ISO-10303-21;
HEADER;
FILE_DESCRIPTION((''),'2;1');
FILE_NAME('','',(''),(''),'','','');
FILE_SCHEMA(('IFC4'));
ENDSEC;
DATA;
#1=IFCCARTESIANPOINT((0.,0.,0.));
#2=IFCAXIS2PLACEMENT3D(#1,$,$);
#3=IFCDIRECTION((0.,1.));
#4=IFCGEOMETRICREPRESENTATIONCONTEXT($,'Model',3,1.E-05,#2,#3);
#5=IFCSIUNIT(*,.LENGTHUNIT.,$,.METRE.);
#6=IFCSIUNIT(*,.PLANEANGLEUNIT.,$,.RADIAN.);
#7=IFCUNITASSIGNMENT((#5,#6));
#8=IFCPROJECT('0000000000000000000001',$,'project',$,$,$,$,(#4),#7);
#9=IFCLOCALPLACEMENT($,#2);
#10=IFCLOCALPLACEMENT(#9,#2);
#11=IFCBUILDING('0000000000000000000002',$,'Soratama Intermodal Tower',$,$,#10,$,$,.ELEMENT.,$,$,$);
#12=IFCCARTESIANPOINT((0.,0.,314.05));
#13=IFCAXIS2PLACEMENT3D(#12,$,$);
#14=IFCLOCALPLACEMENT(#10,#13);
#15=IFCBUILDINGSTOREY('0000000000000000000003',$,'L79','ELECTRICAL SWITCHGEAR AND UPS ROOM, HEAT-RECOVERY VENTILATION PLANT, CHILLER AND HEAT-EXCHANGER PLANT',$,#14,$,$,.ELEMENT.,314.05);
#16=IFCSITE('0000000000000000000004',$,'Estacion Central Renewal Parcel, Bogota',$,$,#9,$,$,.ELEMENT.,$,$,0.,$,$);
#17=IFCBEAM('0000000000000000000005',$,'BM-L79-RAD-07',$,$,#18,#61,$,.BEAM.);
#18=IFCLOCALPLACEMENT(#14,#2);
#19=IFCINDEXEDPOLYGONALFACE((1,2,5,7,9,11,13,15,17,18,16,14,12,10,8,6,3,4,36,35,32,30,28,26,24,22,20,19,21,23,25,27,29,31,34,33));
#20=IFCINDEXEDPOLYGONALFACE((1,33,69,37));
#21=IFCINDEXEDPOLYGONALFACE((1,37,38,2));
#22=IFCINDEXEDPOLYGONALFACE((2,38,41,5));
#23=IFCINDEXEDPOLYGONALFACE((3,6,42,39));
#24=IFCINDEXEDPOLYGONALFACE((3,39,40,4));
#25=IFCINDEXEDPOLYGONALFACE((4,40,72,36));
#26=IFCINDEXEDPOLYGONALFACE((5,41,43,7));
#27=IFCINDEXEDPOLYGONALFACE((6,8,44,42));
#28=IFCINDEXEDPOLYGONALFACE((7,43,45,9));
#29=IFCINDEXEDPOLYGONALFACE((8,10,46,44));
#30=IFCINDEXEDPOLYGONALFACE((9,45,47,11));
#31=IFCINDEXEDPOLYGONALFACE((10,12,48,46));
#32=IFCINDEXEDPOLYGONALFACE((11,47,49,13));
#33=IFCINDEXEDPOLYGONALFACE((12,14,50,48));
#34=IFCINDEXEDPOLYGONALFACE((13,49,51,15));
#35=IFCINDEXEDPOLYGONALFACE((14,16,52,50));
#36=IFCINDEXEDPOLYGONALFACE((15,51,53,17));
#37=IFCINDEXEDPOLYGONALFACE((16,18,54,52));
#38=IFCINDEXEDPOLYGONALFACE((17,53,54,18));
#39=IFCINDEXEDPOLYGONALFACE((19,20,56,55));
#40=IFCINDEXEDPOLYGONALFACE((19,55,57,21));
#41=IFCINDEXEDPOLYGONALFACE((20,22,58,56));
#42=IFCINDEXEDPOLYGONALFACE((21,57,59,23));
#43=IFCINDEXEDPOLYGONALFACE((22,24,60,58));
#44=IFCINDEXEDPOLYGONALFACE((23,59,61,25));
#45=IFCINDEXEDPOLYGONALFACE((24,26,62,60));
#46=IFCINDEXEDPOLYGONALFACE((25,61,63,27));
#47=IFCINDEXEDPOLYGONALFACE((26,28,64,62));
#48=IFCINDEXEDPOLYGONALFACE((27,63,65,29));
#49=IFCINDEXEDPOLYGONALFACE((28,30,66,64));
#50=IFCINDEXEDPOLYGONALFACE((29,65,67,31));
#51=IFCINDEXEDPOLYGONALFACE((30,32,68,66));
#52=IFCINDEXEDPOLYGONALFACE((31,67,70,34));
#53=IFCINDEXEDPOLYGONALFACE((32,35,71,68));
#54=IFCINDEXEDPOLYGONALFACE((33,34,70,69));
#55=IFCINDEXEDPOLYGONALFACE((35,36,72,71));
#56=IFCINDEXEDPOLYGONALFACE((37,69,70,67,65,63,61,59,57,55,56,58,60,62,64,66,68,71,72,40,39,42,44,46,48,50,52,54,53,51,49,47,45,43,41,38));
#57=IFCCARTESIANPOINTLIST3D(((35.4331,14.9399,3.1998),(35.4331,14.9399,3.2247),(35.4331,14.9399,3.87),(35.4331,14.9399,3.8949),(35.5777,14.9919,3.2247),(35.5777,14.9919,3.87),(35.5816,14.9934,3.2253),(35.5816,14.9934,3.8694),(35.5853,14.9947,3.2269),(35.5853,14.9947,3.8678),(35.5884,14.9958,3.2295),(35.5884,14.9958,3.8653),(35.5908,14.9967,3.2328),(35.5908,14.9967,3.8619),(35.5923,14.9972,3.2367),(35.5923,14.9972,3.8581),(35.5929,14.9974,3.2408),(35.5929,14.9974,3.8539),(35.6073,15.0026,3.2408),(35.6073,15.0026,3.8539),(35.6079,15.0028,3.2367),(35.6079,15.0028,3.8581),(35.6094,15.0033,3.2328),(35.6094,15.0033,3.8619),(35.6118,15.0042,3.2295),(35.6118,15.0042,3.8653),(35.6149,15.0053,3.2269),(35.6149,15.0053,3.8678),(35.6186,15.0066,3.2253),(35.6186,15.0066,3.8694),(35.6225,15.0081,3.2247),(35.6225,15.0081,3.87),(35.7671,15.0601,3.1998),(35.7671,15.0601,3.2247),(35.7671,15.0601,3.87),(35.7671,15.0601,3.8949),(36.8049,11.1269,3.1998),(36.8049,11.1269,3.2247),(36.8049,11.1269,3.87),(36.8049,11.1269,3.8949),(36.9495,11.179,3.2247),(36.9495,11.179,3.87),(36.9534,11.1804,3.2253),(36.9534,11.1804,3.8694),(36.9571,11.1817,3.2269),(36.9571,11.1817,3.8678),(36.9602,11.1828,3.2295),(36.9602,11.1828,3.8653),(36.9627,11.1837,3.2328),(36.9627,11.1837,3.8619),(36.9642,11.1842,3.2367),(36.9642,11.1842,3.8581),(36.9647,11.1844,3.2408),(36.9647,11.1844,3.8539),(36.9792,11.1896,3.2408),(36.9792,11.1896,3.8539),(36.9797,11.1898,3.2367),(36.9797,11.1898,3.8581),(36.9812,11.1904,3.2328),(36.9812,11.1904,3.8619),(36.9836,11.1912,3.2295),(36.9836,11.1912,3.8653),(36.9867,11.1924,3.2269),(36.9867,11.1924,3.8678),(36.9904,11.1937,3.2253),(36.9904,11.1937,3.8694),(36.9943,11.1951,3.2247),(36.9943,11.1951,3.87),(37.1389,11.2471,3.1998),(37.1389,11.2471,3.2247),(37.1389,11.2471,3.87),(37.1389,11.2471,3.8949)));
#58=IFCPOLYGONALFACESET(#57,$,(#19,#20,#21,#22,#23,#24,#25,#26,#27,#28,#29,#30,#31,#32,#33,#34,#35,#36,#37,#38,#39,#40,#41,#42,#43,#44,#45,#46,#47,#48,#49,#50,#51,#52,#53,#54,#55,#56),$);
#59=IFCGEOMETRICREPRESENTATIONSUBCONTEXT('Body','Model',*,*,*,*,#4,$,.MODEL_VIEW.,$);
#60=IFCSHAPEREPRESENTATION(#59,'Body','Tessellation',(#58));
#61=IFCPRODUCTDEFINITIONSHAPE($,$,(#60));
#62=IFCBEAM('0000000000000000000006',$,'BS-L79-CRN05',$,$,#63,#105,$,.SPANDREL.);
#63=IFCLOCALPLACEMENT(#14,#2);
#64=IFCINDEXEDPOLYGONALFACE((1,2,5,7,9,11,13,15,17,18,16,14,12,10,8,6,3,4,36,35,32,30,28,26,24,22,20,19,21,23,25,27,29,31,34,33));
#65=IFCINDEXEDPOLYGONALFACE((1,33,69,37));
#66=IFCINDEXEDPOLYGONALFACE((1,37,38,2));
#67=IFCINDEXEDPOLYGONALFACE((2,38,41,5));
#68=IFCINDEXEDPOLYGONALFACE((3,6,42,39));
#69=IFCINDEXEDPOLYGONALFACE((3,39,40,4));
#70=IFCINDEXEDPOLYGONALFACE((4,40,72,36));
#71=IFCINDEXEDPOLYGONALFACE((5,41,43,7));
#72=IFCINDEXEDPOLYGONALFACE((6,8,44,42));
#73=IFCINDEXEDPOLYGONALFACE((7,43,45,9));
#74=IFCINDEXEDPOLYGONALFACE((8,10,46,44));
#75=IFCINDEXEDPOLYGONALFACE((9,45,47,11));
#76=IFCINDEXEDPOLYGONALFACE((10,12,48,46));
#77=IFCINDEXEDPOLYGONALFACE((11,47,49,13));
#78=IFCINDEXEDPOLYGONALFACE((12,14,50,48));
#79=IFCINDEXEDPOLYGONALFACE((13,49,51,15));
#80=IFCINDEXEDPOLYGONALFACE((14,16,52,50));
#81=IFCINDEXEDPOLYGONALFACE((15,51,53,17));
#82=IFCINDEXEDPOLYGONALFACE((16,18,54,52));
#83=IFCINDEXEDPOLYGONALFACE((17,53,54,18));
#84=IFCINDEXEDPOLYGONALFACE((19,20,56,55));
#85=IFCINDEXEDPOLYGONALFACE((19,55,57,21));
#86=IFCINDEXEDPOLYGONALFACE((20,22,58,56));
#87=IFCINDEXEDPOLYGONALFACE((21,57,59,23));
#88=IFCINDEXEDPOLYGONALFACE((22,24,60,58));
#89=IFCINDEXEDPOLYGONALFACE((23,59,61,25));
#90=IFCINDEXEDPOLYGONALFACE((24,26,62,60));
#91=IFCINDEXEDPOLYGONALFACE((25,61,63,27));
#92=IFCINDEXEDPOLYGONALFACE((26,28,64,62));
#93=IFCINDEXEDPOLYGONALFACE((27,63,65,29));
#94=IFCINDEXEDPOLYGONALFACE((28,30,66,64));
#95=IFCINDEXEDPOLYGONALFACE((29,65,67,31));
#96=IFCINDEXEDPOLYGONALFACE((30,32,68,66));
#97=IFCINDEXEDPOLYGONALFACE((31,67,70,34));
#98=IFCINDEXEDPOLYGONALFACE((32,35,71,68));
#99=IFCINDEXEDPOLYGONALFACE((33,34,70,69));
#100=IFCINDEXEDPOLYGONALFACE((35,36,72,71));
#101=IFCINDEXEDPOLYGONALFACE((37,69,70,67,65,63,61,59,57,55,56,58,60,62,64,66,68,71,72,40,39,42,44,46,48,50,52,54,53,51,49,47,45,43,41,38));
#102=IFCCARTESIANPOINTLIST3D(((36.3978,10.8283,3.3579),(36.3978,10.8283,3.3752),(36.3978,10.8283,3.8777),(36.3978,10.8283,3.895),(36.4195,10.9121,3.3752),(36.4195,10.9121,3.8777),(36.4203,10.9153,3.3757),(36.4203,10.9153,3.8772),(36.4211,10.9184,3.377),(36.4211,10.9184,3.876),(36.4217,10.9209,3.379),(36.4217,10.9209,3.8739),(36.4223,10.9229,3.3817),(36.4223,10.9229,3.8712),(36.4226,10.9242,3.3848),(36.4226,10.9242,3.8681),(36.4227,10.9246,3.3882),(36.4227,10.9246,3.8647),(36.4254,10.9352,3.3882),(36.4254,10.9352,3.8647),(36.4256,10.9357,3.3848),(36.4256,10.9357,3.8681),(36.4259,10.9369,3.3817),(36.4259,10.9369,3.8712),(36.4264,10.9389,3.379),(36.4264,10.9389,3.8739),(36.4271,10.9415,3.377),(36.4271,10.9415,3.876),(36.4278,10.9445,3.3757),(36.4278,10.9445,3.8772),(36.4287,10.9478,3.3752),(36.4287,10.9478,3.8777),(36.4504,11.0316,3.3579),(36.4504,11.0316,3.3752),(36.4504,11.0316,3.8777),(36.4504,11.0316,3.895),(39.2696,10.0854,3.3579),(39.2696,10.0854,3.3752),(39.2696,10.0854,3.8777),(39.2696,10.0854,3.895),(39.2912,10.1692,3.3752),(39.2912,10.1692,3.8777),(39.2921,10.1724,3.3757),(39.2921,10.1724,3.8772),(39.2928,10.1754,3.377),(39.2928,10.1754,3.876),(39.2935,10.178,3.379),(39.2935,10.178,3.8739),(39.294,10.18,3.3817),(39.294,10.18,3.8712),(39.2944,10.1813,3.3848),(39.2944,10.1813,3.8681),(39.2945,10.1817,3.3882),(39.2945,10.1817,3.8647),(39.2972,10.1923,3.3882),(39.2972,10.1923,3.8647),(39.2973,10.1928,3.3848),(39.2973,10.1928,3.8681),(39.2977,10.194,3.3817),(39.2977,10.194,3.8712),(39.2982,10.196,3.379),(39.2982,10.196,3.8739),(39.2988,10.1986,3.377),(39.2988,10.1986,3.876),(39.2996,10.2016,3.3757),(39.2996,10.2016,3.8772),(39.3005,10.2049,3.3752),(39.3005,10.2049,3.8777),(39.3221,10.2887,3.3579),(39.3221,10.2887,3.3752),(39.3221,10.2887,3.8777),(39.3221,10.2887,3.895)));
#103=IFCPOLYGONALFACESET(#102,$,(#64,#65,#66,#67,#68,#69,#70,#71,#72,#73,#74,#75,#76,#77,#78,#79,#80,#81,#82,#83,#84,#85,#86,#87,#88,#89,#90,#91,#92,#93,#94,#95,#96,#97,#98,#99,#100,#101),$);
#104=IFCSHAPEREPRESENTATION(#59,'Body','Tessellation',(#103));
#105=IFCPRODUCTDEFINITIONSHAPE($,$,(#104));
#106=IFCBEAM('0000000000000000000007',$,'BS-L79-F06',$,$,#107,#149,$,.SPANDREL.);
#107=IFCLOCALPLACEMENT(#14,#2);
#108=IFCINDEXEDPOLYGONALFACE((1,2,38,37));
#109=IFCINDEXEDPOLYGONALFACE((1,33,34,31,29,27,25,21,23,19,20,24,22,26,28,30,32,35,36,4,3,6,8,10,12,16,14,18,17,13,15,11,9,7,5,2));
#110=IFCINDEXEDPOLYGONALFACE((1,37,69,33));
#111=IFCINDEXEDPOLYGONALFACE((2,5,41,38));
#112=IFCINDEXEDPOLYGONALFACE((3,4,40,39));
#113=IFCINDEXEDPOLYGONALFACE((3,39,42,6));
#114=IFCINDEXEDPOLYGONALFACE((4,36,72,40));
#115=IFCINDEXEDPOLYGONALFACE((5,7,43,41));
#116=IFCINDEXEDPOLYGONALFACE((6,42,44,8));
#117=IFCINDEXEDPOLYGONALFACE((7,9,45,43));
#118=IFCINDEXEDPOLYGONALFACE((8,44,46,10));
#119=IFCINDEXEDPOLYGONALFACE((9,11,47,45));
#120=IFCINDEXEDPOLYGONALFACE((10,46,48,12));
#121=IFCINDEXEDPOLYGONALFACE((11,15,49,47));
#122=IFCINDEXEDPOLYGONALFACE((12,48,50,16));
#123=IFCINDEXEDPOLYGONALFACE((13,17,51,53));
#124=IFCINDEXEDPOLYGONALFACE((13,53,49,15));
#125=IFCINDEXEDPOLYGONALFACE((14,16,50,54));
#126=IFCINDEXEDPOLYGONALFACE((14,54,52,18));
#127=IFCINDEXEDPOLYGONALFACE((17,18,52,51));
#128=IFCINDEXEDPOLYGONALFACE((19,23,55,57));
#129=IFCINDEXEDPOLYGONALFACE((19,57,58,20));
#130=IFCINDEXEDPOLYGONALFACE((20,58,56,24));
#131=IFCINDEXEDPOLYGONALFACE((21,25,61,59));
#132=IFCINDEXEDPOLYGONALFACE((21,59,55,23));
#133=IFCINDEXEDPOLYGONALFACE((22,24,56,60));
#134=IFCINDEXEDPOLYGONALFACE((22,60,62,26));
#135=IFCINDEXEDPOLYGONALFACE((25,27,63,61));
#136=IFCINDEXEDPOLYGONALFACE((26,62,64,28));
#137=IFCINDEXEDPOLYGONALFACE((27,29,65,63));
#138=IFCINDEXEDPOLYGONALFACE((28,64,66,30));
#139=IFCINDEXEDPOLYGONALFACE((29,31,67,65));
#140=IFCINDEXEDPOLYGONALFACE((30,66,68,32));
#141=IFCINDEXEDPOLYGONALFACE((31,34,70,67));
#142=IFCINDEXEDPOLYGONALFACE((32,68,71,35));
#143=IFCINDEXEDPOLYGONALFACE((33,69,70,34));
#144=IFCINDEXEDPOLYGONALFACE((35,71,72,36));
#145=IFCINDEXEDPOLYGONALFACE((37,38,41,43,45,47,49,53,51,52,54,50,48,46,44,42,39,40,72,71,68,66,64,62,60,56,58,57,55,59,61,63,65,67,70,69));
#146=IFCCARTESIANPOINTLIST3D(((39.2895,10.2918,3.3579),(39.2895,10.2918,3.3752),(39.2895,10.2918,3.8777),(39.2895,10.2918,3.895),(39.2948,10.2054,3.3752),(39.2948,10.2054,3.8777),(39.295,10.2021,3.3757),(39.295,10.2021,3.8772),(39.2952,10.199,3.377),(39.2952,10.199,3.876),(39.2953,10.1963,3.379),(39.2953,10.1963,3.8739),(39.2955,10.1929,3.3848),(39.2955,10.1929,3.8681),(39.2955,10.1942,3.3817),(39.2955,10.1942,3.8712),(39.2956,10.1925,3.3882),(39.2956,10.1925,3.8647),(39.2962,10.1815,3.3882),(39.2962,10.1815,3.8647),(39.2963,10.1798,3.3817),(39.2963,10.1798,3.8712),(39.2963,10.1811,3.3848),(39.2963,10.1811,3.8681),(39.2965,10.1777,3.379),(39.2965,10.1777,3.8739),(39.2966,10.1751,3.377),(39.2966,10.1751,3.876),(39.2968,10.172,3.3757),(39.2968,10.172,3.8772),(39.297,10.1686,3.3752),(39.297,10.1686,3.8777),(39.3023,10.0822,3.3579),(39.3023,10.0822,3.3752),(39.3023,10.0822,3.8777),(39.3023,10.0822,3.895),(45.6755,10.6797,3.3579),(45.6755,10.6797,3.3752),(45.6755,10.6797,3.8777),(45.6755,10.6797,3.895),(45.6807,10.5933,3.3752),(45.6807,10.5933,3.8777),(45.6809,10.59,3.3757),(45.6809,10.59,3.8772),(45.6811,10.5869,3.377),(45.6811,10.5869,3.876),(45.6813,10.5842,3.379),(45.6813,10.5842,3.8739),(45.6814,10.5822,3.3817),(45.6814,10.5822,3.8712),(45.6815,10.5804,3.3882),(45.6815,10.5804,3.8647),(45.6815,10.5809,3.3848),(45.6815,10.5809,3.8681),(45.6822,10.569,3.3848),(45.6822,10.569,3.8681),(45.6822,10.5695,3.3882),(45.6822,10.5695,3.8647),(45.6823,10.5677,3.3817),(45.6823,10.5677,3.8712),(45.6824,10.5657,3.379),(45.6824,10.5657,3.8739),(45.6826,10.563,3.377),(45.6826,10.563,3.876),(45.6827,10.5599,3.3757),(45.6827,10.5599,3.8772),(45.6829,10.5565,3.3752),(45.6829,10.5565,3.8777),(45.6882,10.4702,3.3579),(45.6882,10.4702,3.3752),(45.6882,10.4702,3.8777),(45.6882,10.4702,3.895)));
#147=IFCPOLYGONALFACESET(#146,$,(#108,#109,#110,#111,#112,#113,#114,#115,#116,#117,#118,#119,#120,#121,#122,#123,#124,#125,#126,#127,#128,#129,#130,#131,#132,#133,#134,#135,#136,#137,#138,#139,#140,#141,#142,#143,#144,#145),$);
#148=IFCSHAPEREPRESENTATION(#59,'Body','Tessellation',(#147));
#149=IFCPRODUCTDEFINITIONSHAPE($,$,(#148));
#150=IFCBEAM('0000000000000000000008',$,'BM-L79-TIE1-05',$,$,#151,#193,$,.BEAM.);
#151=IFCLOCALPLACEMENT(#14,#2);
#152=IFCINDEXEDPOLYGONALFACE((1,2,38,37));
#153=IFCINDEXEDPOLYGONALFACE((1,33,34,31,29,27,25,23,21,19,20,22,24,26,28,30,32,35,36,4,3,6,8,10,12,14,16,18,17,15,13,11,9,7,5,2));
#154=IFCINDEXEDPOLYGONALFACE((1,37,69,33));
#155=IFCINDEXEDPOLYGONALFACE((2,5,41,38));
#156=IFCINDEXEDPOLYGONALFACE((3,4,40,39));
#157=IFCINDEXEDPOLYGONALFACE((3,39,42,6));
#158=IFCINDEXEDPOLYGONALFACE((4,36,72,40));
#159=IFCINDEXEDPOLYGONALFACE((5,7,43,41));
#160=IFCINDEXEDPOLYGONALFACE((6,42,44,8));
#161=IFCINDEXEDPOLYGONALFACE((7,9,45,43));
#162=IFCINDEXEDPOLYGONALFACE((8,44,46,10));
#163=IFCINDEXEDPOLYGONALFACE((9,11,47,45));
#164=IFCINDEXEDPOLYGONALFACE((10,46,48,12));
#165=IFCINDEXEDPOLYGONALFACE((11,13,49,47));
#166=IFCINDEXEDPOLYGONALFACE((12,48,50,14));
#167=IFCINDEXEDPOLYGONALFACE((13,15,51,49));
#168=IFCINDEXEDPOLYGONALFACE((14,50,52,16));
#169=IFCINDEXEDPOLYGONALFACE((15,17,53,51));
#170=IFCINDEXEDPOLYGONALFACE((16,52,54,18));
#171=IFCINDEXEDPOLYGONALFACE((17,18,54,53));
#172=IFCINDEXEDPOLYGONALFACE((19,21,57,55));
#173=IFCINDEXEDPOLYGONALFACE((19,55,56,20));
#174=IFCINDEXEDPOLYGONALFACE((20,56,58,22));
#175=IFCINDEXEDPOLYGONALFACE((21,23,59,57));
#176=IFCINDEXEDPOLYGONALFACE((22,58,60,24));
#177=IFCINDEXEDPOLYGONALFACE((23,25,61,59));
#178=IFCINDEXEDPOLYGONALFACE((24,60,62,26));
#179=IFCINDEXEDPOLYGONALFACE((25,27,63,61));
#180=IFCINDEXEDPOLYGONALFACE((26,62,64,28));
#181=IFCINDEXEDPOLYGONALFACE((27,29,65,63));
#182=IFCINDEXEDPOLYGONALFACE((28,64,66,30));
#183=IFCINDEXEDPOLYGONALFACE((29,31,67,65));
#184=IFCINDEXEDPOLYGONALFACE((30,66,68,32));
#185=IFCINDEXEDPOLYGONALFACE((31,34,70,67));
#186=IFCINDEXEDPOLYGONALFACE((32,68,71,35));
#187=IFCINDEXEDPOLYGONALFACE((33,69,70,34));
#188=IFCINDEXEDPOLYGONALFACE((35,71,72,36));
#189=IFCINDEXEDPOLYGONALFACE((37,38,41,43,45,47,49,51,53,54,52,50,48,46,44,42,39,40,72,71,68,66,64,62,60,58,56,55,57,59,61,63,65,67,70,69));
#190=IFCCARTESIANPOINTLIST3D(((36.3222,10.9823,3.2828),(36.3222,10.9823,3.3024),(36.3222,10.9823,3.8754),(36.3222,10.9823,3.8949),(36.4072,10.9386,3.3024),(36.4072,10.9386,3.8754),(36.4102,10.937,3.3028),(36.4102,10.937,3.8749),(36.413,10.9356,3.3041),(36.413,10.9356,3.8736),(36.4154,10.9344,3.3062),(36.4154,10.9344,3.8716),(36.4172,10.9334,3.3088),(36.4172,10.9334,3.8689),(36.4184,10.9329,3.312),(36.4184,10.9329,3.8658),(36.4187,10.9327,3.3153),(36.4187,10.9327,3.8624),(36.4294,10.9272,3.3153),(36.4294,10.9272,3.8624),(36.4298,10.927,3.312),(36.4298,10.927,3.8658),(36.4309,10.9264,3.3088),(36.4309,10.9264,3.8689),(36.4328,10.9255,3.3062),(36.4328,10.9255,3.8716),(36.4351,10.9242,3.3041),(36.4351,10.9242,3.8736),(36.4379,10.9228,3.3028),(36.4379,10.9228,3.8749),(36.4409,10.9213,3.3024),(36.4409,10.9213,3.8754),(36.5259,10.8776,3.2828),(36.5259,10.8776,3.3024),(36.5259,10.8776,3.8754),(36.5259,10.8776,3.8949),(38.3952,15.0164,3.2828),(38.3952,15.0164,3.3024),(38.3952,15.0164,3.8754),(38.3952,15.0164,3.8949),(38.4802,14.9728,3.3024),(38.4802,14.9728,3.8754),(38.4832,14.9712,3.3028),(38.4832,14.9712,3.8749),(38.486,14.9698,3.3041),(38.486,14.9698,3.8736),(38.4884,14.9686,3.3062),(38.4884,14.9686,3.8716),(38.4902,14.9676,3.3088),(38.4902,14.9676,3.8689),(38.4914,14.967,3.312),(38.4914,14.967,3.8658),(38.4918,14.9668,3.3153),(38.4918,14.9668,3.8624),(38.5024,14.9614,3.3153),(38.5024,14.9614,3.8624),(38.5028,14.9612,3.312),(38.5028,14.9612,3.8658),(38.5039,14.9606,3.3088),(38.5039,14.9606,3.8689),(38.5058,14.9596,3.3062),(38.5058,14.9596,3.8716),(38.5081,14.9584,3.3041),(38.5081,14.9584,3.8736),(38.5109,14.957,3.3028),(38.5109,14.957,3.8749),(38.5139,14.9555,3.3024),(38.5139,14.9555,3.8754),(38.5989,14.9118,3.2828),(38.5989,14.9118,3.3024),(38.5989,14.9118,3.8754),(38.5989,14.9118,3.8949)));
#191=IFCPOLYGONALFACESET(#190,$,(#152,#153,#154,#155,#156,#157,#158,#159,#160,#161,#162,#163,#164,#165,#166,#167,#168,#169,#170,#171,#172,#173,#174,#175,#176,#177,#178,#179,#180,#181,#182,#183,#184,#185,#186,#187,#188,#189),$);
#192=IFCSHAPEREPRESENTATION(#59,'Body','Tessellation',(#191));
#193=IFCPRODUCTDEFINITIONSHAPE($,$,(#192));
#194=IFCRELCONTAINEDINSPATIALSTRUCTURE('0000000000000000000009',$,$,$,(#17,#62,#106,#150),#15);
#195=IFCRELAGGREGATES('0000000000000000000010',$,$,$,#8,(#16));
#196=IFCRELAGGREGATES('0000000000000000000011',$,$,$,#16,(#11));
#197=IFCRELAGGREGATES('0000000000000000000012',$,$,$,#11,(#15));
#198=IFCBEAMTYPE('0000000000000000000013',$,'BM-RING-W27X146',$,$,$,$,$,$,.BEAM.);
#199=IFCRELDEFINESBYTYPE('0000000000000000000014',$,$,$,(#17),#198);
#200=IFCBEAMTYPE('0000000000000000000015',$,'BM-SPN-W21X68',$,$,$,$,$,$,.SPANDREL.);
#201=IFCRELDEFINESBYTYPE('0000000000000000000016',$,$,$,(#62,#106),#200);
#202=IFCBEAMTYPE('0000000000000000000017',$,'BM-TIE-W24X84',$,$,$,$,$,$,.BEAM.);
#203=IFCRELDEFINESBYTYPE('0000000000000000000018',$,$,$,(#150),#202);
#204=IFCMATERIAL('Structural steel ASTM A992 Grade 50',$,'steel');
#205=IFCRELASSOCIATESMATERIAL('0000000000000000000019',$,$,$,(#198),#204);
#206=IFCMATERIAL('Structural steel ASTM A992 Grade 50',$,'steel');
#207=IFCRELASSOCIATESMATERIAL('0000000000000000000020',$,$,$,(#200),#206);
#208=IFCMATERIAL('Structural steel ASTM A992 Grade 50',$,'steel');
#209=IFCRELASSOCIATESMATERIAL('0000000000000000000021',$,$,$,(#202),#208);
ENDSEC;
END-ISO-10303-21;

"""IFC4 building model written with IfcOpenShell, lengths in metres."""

from ifc_helpers import new_model, si_unit, direction, frame, origin, origin_2d, place, context, subcontext, project, spatial, i_section, extrude, material, material_profile, profile_set, type_object, element, save


model = new_model("IFC4")

# Units and contexts
model_context = context("Model", 3, precision=1e-05, world=origin(), true_north=direction((0.0, 1.0)))
body_context = subcontext(model_context, "Body", "Model", "MODEL_VIEW")
ifc_project = project(units=[si_unit("LENGTHUNIT", "METRE"), si_unit("PLANEANGLEUNIT", "RADIAN")], contexts=[model_context])

# Site, building, storey
site_placement = place(None, origin())
site = spatial("IfcSite", under=ifc_project, at=site_placement, Name="Estacion Central Renewal Parcel, Bogota", CompositionType="ELEMENT", RefElevation=0.0)
building_placement = place(site_placement, origin())
building = spatial("IfcBuilding", under=site, at=building_placement, Name="Soratama Intermodal Tower", CompositionType="ELEMENT")
storey_placement = place(building_placement, frame((0.0, 0.0, 314.05)))
storey = spatial("IfcBuildingStorey", under=building, at=storey_placement, Name="L79", Description="ELECTRICAL SWITCHGEAR AND UPS ROOM, HEAT-RECOVERY VENTILATION PLANT, CHILLER AND HEAT-EXCHANGER PLANT", CompositionType="ELEMENT", Elevation=314.05)

# Beams
ifc_material_1 = material(Name="Structural steel ASTM A992 Grade 50", Category="steel")
ifc_material_profile_1 = material_profile(ifc_material_1, i_section(OverallWidth=0.355, OverallDepth=0.6951, WebThickness=0.0154, FlangeThickness=0.0249, FilletRadius=0.0161, at=origin_2d()), Name="W27X146")
ifc_profile_set_1 = profile_set([ifc_material_profile_1], Name="Structural steel ASTM A992 Grade 50")
beam_type_1 = type_object("IfcBeamType", Name="BM-RING-W27X146", PredefinedType="BEAM", material=ifc_profile_set_1)
beam_1_placement = place(storey_placement, frame((35.6001, 15.0, 3.5474), z_axis=(0.338534, -0.940954, 0.0), x_axis=(0.940954, 0.338534, 0.0)))
element("IfcBeam", 1, at=beam_1_placement, inside=storey, type_object=beam_type_1, Name="BM-L79-RAD-07", PredefinedType="BEAM", context=body_context, shape_type="SweptSolid", body=[
    extrude(i_section(OverallWidth=0.355, OverallDepth=0.6951, WebThickness=0.0154, FlangeThickness=0.0249, FilletRadius=0.0161, at=origin_2d()), origin(), (0.0, 0.0, 1.0), 4.0522),
])
ifc_material_2 = material(Name="Structural steel ASTM A992 Grade 50", Category="steel")
ifc_material_profile_2 = material_profile(ifc_material_2, i_section(OverallWidth=0.21, OverallDepth=0.5371, WebThickness=0.011, FlangeThickness=0.0173, FilletRadius=0.0129, at=origin_2d()), Name="W21X68")
ifc_profile_set_2 = profile_set([ifc_material_profile_2], Name="Structural steel ASTM A992 Grade 50")
beam_type_2 = type_object("IfcBeamType", Name="BM-SPN-W21X68", PredefinedType="SPANDREL", material=ifc_profile_set_2)
beam_2_placement = place(storey_placement, frame((36.4241, 10.9299, 3.6265), z_axis=(0.96813, -0.250448, 0.0), x_axis=(0.250448, 0.96813, 0.0)))
element("IfcBeam", 2, at=beam_2_placement, inside=storey, type_object=beam_type_2, Name="BS-L79-CRN05", PredefinedType="SPANDREL", context=body_context, shape_type="SweptSolid", body=[
    extrude(i_section(OverallWidth=0.21, OverallDepth=0.5371, WebThickness=0.011, FlangeThickness=0.0173, FilletRadius=0.0129, at=origin_2d()), origin(), (0.0, 0.0, 1.0), 2.9663),
])
beam_3_placement = place(storey_placement, frame((39.2959, 10.187, 3.6265), z_axis=(0.99816, 0.060637, 0.0), x_axis=(-0.060637, 0.99816, 0.0)))
element("IfcBeam", 3, at=beam_3_placement, inside=storey, type_object=beam_type_2, Name="BS-L79-F06", PredefinedType="SPANDREL", context=body_context, shape_type="SweptSolid", body=[
    extrude(i_section(OverallWidth=0.21, OverallDepth=0.5371, WebThickness=0.011, FlangeThickness=0.0173, FilletRadius=0.0129, at=origin_2d()), origin(), (0.0, 0.0, 1.0), 6.3977),
])
ifc_material_3 = material(Name="Structural steel ASTM A992 Grade 50", Category="steel")
ifc_material_profile_3 = material_profile(ifc_material_3, i_section(OverallWidth=0.229, OverallDepth=0.6121, WebThickness=0.012, FlangeThickness=0.0195, FilletRadius=0.0129, at=origin_2d()), Name="W24X84")
ifc_profile_set_3 = profile_set([ifc_material_profile_3], Name="Structural steel ASTM A992 Grade 50")
beam_type_3 = type_object("IfcBeamType", Name="BM-TIE-W24X84", PredefinedType="BEAM", material=ifc_profile_set_3)
beam_4_placement = place(storey_placement, frame((38.4971, 14.9641, 3.5889), z_axis=(-0.457048, -0.889442, 0.0), x_axis=(0.889442, -0.457048, 0.0)))
element("IfcBeam", 4, at=beam_4_placement, inside=storey, type_object=beam_type_3, Name="BM-L79-TIE1-05", PredefinedType="BEAM", context=body_context, shape_type="SweptSolid", body=[
    extrude(i_section(OverallWidth=0.229, OverallDepth=0.6121, WebThickness=0.012, FlangeThickness=0.0195, FilletRadius=0.0129, at=origin_2d()), origin(), (0.0, 0.0, 1.0), 4.5356),
])

save(model, "model.ifc")
